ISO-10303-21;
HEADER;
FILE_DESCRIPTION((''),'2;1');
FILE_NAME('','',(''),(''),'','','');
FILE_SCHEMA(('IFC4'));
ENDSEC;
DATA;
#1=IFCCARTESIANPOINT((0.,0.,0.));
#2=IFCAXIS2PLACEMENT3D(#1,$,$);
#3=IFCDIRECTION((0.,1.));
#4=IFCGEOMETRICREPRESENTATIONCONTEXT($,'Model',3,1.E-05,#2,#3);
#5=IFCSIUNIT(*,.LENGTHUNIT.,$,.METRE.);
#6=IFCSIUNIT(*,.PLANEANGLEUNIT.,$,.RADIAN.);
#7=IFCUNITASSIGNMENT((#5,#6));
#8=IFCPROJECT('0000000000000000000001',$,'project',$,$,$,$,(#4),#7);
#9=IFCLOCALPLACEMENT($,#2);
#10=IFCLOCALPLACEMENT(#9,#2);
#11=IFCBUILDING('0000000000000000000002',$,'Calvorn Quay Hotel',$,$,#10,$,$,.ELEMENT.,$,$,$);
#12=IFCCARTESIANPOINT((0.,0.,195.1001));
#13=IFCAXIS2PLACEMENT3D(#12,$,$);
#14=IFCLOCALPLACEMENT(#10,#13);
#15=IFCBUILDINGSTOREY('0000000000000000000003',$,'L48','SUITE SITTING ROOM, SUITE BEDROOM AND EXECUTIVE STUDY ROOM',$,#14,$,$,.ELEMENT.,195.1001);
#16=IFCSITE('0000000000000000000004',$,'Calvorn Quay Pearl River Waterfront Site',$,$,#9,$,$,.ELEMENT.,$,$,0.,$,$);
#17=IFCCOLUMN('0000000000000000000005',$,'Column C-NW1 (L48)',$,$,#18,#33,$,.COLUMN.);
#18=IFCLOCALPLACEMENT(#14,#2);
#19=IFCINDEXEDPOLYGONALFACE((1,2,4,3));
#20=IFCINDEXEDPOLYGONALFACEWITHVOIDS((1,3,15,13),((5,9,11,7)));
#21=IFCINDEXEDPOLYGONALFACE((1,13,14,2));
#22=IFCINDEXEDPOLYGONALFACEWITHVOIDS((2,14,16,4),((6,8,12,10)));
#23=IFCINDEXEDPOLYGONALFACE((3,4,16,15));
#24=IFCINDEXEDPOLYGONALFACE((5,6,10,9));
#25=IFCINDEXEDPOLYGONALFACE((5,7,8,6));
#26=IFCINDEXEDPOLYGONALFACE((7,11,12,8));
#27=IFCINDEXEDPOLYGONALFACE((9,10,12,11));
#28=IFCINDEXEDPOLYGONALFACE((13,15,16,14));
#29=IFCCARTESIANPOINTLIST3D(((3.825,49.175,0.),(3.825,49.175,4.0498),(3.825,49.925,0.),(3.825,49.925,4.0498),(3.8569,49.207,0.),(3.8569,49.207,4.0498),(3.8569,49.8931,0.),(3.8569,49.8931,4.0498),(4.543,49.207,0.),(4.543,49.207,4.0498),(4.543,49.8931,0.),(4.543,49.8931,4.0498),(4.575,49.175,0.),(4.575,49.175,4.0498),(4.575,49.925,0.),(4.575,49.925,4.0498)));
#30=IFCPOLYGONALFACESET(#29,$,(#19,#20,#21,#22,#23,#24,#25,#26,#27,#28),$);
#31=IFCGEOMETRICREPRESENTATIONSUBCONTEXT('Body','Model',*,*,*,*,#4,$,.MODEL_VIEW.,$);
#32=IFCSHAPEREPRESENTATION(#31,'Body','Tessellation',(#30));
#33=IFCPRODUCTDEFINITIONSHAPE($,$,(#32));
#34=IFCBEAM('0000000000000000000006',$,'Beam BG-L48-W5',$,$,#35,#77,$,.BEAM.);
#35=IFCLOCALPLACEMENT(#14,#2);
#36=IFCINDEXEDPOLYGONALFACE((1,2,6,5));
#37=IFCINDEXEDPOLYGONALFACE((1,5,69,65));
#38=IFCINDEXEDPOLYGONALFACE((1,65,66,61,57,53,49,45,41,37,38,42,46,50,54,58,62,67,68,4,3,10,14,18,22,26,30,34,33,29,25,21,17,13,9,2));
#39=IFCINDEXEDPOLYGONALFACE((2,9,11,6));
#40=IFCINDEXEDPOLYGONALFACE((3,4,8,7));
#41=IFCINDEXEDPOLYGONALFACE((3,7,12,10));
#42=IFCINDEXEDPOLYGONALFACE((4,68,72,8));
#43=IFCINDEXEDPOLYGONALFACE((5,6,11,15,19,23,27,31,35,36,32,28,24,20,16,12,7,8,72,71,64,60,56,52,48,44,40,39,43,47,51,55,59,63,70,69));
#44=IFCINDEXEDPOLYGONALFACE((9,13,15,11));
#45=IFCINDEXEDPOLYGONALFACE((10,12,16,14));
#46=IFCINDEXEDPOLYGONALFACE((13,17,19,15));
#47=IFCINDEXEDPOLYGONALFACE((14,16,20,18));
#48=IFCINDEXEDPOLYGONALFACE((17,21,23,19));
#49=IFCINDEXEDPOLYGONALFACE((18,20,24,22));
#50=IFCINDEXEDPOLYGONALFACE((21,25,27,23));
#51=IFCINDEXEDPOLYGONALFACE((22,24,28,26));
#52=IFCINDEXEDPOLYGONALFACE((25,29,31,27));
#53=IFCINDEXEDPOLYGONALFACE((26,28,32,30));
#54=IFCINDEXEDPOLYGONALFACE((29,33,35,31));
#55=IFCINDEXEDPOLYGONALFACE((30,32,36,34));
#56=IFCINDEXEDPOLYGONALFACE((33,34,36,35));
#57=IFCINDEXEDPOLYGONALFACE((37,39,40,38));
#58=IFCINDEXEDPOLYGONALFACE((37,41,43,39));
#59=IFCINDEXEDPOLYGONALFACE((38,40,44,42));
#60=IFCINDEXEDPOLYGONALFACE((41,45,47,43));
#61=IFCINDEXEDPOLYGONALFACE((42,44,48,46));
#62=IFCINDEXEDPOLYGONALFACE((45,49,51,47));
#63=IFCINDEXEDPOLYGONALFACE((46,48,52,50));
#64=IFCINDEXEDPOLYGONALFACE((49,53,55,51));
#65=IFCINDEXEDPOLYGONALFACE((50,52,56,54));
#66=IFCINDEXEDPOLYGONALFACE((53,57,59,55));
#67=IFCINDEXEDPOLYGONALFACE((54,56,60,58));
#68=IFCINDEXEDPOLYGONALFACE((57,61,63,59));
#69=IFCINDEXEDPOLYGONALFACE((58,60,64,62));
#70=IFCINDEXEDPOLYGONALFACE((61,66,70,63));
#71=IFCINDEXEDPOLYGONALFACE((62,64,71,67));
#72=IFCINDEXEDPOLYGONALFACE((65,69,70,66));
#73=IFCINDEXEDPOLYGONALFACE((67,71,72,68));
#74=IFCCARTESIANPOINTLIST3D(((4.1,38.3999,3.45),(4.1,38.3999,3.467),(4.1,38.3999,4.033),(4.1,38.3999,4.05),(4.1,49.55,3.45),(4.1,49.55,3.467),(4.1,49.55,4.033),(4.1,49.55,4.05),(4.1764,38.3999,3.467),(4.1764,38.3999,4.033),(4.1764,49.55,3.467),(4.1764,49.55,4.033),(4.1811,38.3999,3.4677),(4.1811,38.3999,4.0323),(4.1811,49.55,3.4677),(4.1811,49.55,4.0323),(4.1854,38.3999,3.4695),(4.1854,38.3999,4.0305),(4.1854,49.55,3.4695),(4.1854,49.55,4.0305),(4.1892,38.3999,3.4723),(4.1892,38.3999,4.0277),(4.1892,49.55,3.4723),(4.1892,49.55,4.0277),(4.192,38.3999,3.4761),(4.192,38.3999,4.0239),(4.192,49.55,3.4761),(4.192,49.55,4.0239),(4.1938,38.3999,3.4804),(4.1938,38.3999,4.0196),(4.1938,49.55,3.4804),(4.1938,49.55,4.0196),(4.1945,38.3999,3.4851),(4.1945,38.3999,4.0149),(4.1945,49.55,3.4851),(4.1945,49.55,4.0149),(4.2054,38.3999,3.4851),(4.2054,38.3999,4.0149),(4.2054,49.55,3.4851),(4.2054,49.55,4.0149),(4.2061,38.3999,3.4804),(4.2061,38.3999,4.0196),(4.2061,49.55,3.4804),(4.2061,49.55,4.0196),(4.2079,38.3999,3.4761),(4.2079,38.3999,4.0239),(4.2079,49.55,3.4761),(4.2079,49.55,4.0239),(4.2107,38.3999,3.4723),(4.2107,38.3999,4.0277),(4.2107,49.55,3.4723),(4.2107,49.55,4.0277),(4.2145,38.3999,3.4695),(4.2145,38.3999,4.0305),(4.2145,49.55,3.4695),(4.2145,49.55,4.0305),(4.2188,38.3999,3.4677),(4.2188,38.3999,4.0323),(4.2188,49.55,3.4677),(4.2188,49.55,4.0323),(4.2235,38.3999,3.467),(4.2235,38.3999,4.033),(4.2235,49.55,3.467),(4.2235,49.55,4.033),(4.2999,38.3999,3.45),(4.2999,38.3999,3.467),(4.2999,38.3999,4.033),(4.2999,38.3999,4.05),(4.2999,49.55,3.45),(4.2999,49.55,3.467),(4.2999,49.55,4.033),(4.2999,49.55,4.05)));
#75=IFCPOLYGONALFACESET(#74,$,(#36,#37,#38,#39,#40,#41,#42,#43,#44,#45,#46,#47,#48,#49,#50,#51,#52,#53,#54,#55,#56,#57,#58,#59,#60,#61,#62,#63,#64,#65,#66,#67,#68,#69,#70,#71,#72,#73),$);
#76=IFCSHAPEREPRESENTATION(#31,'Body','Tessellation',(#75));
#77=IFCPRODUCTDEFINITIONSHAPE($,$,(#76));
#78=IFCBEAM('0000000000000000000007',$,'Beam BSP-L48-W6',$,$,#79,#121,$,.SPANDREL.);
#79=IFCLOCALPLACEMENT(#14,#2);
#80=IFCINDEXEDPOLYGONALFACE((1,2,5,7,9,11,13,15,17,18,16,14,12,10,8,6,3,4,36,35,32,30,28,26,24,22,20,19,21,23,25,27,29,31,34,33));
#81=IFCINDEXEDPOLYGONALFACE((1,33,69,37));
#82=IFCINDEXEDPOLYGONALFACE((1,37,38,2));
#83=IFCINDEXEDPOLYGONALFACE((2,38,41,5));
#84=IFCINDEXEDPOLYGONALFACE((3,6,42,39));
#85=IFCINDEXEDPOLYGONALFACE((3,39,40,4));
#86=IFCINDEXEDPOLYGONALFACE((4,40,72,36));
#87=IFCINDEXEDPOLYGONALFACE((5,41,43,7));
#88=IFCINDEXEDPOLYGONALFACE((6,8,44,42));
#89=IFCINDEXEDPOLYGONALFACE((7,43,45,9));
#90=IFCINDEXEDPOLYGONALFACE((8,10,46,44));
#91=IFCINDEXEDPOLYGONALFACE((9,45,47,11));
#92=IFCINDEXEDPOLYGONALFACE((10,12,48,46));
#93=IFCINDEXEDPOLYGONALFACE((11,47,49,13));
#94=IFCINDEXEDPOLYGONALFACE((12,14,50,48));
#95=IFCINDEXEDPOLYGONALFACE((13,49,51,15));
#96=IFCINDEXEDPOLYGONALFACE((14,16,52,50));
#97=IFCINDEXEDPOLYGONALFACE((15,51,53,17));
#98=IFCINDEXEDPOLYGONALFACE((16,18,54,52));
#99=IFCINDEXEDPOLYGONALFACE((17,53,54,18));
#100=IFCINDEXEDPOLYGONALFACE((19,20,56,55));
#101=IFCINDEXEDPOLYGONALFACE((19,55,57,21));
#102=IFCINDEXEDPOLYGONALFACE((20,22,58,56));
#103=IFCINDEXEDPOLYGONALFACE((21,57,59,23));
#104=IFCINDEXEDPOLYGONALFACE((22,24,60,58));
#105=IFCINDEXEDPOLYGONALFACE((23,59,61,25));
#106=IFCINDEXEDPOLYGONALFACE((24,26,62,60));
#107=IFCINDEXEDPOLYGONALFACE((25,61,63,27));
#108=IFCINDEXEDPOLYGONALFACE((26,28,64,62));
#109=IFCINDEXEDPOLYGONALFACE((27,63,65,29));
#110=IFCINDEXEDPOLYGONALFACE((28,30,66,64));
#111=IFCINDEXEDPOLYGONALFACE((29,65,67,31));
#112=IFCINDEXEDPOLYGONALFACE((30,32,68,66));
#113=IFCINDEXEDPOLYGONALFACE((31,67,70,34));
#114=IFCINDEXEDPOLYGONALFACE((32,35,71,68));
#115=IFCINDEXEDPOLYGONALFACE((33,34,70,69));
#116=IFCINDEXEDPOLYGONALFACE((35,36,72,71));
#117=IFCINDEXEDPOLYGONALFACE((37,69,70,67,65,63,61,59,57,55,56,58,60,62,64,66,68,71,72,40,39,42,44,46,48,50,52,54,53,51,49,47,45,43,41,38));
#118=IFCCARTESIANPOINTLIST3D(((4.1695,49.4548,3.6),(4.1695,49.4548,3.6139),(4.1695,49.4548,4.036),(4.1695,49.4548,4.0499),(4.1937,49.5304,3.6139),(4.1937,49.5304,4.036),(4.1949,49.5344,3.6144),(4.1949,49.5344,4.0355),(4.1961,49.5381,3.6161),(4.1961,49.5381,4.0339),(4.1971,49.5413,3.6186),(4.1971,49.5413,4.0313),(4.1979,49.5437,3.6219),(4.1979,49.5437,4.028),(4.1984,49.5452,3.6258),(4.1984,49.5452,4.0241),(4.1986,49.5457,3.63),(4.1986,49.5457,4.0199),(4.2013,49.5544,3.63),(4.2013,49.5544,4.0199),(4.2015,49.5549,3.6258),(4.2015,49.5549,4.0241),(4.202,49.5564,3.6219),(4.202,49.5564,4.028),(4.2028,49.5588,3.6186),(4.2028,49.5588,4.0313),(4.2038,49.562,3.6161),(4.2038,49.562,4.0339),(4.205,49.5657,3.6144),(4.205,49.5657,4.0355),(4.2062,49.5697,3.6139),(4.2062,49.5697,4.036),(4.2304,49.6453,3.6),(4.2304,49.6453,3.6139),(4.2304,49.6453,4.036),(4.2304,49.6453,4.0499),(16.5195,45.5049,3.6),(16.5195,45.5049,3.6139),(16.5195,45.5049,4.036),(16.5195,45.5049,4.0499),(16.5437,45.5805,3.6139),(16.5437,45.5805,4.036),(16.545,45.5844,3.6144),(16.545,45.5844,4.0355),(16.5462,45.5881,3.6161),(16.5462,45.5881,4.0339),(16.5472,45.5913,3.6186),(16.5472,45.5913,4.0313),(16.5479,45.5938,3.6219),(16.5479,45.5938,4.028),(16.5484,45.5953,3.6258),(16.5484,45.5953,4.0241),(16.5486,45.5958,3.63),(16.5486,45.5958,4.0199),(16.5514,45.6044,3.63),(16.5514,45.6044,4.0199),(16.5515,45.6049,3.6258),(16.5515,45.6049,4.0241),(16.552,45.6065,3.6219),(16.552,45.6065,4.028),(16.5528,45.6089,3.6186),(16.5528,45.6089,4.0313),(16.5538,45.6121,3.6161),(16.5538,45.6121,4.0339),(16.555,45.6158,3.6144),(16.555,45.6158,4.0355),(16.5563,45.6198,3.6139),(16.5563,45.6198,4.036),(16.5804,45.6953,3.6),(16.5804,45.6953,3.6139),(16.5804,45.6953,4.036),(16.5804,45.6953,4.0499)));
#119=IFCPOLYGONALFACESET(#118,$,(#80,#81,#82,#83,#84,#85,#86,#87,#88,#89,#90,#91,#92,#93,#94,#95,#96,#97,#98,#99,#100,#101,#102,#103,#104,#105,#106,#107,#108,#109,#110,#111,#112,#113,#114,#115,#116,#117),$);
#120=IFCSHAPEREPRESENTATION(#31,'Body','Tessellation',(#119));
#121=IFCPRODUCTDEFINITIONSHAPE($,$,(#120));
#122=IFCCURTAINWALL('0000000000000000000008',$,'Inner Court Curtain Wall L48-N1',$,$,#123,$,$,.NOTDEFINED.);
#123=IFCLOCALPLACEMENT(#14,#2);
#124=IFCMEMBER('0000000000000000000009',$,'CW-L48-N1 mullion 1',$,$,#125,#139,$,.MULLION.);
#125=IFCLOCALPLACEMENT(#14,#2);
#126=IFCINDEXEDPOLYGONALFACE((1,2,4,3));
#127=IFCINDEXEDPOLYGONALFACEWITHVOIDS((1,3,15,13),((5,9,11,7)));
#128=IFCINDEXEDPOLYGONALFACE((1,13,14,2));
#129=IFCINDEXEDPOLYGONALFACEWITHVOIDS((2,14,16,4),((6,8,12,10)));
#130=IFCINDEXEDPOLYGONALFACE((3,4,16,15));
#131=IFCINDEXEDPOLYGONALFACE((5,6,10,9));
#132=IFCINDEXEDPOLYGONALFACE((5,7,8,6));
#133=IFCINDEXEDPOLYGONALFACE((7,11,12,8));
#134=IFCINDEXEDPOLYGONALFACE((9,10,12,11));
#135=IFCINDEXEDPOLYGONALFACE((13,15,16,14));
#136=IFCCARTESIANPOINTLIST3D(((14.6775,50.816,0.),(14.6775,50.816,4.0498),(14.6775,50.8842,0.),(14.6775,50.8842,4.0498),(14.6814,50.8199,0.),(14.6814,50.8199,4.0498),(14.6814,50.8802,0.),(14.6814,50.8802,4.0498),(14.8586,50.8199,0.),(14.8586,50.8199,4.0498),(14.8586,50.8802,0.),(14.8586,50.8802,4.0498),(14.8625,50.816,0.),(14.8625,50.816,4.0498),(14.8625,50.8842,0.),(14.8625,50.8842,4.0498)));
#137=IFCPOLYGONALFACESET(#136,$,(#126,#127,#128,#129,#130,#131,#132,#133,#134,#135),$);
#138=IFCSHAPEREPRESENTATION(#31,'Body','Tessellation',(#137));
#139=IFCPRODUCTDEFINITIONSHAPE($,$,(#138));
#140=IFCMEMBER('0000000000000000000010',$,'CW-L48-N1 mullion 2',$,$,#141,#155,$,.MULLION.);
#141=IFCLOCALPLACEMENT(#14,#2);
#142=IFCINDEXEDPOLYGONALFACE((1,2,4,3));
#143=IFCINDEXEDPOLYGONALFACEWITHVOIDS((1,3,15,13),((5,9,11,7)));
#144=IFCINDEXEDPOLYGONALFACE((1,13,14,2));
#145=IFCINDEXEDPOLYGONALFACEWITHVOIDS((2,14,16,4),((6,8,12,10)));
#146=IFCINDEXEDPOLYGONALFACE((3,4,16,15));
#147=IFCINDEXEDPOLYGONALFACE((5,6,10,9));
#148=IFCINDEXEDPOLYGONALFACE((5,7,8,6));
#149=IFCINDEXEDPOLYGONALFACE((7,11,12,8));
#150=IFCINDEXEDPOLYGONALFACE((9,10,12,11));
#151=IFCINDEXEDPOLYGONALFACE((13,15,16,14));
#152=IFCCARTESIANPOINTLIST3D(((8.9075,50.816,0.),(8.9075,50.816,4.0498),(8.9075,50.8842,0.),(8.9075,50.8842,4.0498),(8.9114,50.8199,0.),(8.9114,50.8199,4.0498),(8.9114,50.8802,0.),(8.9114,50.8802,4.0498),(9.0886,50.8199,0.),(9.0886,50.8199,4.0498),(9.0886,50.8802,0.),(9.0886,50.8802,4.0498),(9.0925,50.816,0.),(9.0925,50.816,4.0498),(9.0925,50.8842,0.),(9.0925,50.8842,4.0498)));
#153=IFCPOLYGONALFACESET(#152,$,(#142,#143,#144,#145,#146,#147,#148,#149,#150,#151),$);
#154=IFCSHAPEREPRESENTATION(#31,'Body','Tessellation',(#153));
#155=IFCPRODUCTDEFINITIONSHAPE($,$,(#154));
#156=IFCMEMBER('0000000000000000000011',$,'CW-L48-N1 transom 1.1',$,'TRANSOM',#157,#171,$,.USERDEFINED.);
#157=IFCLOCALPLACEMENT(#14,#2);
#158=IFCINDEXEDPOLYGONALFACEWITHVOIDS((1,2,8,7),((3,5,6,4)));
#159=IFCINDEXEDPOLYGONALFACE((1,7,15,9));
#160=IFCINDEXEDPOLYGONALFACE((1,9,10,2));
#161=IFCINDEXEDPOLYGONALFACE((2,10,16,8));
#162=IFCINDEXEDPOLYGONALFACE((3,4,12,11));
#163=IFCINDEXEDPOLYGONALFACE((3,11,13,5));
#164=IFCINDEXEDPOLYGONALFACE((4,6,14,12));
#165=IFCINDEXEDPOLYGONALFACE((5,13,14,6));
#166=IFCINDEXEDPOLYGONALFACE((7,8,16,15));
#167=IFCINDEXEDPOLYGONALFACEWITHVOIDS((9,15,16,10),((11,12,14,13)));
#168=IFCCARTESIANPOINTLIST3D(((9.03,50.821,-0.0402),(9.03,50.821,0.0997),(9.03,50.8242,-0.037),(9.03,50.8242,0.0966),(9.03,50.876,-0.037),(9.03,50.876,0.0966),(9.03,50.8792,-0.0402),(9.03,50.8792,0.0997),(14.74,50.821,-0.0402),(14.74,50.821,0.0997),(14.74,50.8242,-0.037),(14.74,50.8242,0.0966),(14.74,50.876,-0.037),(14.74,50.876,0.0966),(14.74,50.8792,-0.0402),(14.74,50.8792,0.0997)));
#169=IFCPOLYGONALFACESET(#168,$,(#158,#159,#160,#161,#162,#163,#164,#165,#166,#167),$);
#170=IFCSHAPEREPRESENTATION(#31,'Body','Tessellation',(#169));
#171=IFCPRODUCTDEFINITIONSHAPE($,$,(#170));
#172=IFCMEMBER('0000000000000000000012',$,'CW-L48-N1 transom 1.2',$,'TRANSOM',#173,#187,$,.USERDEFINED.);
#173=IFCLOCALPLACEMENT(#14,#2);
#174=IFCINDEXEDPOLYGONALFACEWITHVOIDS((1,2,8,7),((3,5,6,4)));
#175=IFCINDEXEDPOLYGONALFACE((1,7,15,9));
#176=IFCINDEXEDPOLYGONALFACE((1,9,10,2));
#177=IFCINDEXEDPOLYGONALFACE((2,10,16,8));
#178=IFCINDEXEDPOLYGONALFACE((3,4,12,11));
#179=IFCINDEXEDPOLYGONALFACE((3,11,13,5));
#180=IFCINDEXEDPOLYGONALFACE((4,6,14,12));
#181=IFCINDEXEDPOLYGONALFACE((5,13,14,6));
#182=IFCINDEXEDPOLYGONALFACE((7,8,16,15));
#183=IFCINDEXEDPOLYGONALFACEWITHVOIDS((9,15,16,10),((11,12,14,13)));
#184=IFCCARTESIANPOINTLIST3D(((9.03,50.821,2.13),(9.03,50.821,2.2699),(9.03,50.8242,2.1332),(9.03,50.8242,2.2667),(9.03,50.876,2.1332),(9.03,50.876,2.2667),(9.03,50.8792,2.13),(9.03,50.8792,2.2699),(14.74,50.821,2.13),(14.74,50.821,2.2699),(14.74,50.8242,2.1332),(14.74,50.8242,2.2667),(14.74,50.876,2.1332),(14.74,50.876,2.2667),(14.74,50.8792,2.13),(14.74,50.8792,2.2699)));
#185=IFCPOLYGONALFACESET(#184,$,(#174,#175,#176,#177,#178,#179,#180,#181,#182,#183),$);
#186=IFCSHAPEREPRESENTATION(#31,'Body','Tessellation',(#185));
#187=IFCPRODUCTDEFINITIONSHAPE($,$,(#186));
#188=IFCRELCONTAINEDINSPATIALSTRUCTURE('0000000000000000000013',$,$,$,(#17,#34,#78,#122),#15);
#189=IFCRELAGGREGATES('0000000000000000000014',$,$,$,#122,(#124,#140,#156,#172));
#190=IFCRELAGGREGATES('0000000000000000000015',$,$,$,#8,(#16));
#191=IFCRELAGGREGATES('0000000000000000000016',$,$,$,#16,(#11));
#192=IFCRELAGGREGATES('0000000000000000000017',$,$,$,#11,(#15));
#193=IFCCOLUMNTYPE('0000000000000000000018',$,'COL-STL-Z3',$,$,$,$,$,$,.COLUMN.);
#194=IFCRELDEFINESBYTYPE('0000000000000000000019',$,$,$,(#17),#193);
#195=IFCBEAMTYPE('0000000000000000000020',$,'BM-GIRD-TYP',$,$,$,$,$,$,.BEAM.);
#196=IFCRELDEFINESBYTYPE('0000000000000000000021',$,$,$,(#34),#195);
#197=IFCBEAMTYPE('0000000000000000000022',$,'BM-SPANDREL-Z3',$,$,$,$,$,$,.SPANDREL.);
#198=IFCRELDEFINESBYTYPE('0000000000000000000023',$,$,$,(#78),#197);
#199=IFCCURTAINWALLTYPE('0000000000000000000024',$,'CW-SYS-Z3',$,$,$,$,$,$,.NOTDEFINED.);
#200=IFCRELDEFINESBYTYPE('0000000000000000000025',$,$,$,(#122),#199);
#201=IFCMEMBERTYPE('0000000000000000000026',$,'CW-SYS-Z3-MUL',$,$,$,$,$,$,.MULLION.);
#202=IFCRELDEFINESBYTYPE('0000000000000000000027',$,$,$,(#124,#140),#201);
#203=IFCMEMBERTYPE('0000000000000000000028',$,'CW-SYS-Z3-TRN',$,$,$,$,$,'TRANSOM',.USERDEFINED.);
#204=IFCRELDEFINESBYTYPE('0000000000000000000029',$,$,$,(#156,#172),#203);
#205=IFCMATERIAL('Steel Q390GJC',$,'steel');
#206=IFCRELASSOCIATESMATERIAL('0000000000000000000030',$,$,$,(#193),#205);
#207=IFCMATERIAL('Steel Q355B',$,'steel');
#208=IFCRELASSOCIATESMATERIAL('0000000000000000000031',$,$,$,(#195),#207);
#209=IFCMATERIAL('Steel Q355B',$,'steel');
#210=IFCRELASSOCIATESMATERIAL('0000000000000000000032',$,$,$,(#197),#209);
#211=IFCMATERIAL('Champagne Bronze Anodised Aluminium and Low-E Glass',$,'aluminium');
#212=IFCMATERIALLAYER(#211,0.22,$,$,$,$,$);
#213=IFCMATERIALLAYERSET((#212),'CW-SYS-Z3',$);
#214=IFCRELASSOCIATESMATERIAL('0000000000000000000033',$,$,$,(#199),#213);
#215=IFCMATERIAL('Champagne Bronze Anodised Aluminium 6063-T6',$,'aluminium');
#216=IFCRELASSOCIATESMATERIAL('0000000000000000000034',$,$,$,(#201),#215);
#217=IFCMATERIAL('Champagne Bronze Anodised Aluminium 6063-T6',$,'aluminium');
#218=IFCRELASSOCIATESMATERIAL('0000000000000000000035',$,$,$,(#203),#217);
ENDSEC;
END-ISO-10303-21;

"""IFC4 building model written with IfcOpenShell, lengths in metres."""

from ifc_helpers import new_model, si_unit, direction, frame, origin, origin_2d, place, context, subcontext, project, spatial, hollow_rectangle, i_section, extrude, material, layer, layer_set, material_profile, profile_set, type_object, element, aggregate, save


model = new_model("IFC4")

# Units and contexts
model_context = context("Model", 3, precision=1e-05, world=origin(), true_north=direction((0.0, 1.0)))
body_context = subcontext(model_context, "Body", "Model", "MODEL_VIEW")
ifc_project = project(units=[si_unit("LENGTHUNIT", "METRE"), si_unit("PLANEANGLEUNIT", "RADIAN")], contexts=[model_context])

# Site, building, storey
site_placement = place(None, origin())
site = spatial("IfcSite", under=ifc_project, at=site_placement, Name="Calvorn Quay Pearl River Waterfront Site", CompositionType="ELEMENT", RefElevation=0.0)
building_placement = place(site_placement, origin())
building = spatial("IfcBuilding", under=site, at=building_placement, Name="Calvorn Quay Hotel", CompositionType="ELEMENT")
storey_placement = place(building_placement, frame((0.0, 0.0, 195.1001)))
storey = spatial("IfcBuildingStorey", under=building, at=storey_placement, Name="L48", Description="SUITE SITTING ROOM, SUITE BEDROOM AND EXECUTIVE STUDY ROOM", CompositionType="ELEMENT", Elevation=195.1001)

# Column
ifc_material_1 = material(Name="Steel Q390GJC", Category="steel")
ifc_material_profile_1 = material_profile(ifc_material_1, hollow_rectangle(XDim=0.75, YDim=0.75, WallThickness=0.032, at=origin_2d()), Name="BOX750x750x32")
ifc_profile_set_1 = profile_set([ifc_material_profile_1], Name="Steel Q390GJC")
column_type = type_object("IfcColumnType", Name="COL-STL-Z3", PredefinedType="COLUMN", material=ifc_profile_set_1)
column_placement = place(storey_placement, frame((4.2, 49.55, 0.0), z_axis=(0.0, 0.0, 1.0), x_axis=(1.0, 0.0, 0.0)))
element("IfcColumn", 1, at=column_placement, inside=storey, type_object=column_type, Name="Column C-NW1 (L48)", PredefinedType="COLUMN", context=body_context, shape_type="SweptSolid", body=[
    extrude(hollow_rectangle(XDim=0.75, YDim=0.75, WallThickness=0.032, at=origin_2d()), origin(), (0.0, 0.0, 1.0), 4.0498),
])

# Beams
ifc_material_2 = material(Name="Steel Q355B", Category="steel")
ifc_material_profile_2 = material_profile(ifc_material_2, i_section(OverallWidth=0.2, OverallDepth=0.6001, WebThickness=0.011, FlangeThickness=0.0171, FilletRadius=0.0181, at=origin_2d()), Name="HN600x200x11x17")
ifc_profile_set_2 = profile_set([ifc_material_profile_2], Name="Steel Q355B")
beam_type_1 = type_object("IfcBeamType", Name="BM-GIRD-TYP", PredefinedType="BEAM", material=ifc_profile_set_2)
beam_1_placement = place(storey_placement, frame((4.2, 49.55, 3.75), z_axis=(0.0, -1.0, 0.0), x_axis=(1.0, 0.0, 0.0)))
element("IfcBeam", 2, at=beam_1_placement, inside=storey, type_object=beam_type_1, Name="Beam BG-L48-W5", PredefinedType="BEAM", context=body_context, shape_type="SweptSolid", body=[
    extrude(i_section(OverallWidth=0.2, OverallDepth=0.6001, WebThickness=0.011, FlangeThickness=0.0171, FilletRadius=0.0181, at=origin_2d()), origin(), (0.0, 0.0, 1.0), 11.1501),
])
ifc_material_3 = material(Name="Steel Q355B", Category="steel")
ifc_material_profile_3 = material_profile(ifc_material_3, i_section(OverallWidth=0.2, OverallDepth=0.45, WebThickness=0.009, FlangeThickness=0.0139, FilletRadius=0.0161, at=origin_2d()), Name="HN450x200x9x14")
ifc_profile_set_3 = profile_set([ifc_material_profile_3], Name="Steel Q355B")
beam_type_2 = type_object("IfcBeamType", Name="BM-SPANDREL-Z3", PredefinedType="SPANDREL", material=ifc_profile_set_3)
beam_2_placement = place(storey_placement, frame((4.2, 49.55, 3.825), z_axis=(0.952471, -0.30463, 0.0), x_axis=(0.30463, 0.952471, 0.0)))
element("IfcBeam", 3, at=beam_2_placement, inside=storey, type_object=beam_type_2, Name="Beam BSP-L48-W6", PredefinedType="SPANDREL", context=body_context, shape_type="SweptSolid", body=[
    extrude(i_section(OverallWidth=0.2, OverallDepth=0.45, WebThickness=0.009, FlangeThickness=0.0139, FilletRadius=0.0161, at=origin_2d()), origin(), (0.0, 0.0, 1.0), 12.9663),
])

# Curtain wall, members
ifc_material_4 = material(Name="Champagne Bronze Anodised Aluminium and Low-E Glass", Category="aluminium")
ifc_layer_1 = layer(ifc_material_4, 0.22)
ifc_layer_set_1 = layer_set([ifc_layer_1], Name="CW-SYS-Z3")
curtain_wall_type = type_object("IfcCurtainWallType", Name="CW-SYS-Z3", PredefinedType="NOTDEFINED", material=ifc_layer_set_1)
curtain_wall_placement = place(storey_placement, origin())
curtain_wall = element("IfcCurtainWall", 4, at=curtain_wall_placement, inside=storey, type_object=curtain_wall_type, Name="Inner Court Curtain Wall L48-N1", PredefinedType="NOTDEFINED")
ifc_material_5 = material(Name="Champagne Bronze Anodised Aluminium 6063-T6", Category="aluminium")
ifc_material_profile_4 = material_profile(ifc_material_5, hollow_rectangle(XDim=0.0681, YDim=0.1851, WallThickness=0.0039, at=origin_2d()), Name="ALU-M185x68x4")
ifc_profile_set_4 = profile_set([ifc_material_profile_4], Name="Champagne Bronze Anodised Aluminium 6063-T6")
member_type_1 = type_object("IfcMemberType", Name="CW-SYS-Z3-MUL", PredefinedType="MULLION", material=ifc_profile_set_4)
member_1_placement = place(storey_placement, frame((14.77, 50.8501, 0.0), z_axis=(0.0, 0.0, 1.0), x_axis=(0.0, -1.0, 0.0)))
member_1 = element("IfcMember", 5, at=member_1_placement, type_object=member_type_1, Name="CW-L48-N1 mullion 1", PredefinedType="MULLION", context=body_context, shape_type="SweptSolid", body=[
    extrude(hollow_rectangle(XDim=0.0681, YDim=0.1851, WallThickness=0.0039, at=origin_2d()), origin(), (0.0, 0.0, 1.0), 4.0498),
])
member_2_placement = place(storey_placement, frame((9.0, 50.8501, 0.0), z_axis=(0.0, 0.0, 1.0), x_axis=(0.0, -1.0, 0.0)))
member_2 = element("IfcMember", 6, at=member_2_placement, type_object=member_type_1, Name="CW-L48-N1 mullion 2", PredefinedType="MULLION", context=body_context, shape_type="SweptSolid", body=[
    extrude(hollow_rectangle(XDim=0.0681, YDim=0.1851, WallThickness=0.0039, at=origin_2d()), origin(), (0.0, 0.0, 1.0), 4.0498),
])
ifc_material_6 = material(Name="Champagne Bronze Anodised Aluminium 6063-T6", Category="aluminium")
ifc_material_profile_5 = material_profile(ifc_material_6, hollow_rectangle(XDim=0.0581, YDim=0.1399, WallThickness=0.0032, at=origin_2d()), Name="ALU-T140x58x3.2")
ifc_profile_set_5 = profile_set([ifc_material_profile_5], Name="Champagne Bronze Anodised Aluminium 6063-T6")
member_type_2 = type_object("IfcMemberType", Name="CW-SYS-Z3-TRN", ElementType="TRANSOM", PredefinedType="USERDEFINED", material=ifc_profile_set_5)
member_3_placement = place(storey_placement, frame((14.74, 50.8501, 0.0298), z_axis=(-1.0, 0.0, 0.0), x_axis=(0.0, -1.0, 0.0)))
member_3 = element("IfcMember", 7, at=member_3_placement, type_object=member_type_2, Name="CW-L48-N1 transom 1.1", ObjectType="TRANSOM", PredefinedType="USERDEFINED", context=body_context, shape_type="SweptSolid", body=[
    extrude(hollow_rectangle(XDim=0.0581, YDim=0.1399, WallThickness=0.0032, at=origin_2d()), origin(), (0.0, 0.0, 1.0), 5.71),
])
member_4_placement = place(storey_placement, frame((14.74, 50.8501, 2.2), z_axis=(-1.0, 0.0, 0.0), x_axis=(0.0, -1.0, 0.0)))
member_4 = element("IfcMember", 8, at=member_4_placement, type_object=member_type_2, Name="CW-L48-N1 transom 1.2", ObjectType="TRANSOM", PredefinedType="USERDEFINED", context=body_context, shape_type="SweptSolid", body=[
    extrude(hollow_rectangle(XDim=0.0581, YDim=0.1399, WallThickness=0.0032, at=origin_2d()), origin(), (0.0, 0.0, 1.0), 5.71),
])
aggregate(curtain_wall, [member_1, member_2, member_3, member_4])

save(model, "model.ifc")
